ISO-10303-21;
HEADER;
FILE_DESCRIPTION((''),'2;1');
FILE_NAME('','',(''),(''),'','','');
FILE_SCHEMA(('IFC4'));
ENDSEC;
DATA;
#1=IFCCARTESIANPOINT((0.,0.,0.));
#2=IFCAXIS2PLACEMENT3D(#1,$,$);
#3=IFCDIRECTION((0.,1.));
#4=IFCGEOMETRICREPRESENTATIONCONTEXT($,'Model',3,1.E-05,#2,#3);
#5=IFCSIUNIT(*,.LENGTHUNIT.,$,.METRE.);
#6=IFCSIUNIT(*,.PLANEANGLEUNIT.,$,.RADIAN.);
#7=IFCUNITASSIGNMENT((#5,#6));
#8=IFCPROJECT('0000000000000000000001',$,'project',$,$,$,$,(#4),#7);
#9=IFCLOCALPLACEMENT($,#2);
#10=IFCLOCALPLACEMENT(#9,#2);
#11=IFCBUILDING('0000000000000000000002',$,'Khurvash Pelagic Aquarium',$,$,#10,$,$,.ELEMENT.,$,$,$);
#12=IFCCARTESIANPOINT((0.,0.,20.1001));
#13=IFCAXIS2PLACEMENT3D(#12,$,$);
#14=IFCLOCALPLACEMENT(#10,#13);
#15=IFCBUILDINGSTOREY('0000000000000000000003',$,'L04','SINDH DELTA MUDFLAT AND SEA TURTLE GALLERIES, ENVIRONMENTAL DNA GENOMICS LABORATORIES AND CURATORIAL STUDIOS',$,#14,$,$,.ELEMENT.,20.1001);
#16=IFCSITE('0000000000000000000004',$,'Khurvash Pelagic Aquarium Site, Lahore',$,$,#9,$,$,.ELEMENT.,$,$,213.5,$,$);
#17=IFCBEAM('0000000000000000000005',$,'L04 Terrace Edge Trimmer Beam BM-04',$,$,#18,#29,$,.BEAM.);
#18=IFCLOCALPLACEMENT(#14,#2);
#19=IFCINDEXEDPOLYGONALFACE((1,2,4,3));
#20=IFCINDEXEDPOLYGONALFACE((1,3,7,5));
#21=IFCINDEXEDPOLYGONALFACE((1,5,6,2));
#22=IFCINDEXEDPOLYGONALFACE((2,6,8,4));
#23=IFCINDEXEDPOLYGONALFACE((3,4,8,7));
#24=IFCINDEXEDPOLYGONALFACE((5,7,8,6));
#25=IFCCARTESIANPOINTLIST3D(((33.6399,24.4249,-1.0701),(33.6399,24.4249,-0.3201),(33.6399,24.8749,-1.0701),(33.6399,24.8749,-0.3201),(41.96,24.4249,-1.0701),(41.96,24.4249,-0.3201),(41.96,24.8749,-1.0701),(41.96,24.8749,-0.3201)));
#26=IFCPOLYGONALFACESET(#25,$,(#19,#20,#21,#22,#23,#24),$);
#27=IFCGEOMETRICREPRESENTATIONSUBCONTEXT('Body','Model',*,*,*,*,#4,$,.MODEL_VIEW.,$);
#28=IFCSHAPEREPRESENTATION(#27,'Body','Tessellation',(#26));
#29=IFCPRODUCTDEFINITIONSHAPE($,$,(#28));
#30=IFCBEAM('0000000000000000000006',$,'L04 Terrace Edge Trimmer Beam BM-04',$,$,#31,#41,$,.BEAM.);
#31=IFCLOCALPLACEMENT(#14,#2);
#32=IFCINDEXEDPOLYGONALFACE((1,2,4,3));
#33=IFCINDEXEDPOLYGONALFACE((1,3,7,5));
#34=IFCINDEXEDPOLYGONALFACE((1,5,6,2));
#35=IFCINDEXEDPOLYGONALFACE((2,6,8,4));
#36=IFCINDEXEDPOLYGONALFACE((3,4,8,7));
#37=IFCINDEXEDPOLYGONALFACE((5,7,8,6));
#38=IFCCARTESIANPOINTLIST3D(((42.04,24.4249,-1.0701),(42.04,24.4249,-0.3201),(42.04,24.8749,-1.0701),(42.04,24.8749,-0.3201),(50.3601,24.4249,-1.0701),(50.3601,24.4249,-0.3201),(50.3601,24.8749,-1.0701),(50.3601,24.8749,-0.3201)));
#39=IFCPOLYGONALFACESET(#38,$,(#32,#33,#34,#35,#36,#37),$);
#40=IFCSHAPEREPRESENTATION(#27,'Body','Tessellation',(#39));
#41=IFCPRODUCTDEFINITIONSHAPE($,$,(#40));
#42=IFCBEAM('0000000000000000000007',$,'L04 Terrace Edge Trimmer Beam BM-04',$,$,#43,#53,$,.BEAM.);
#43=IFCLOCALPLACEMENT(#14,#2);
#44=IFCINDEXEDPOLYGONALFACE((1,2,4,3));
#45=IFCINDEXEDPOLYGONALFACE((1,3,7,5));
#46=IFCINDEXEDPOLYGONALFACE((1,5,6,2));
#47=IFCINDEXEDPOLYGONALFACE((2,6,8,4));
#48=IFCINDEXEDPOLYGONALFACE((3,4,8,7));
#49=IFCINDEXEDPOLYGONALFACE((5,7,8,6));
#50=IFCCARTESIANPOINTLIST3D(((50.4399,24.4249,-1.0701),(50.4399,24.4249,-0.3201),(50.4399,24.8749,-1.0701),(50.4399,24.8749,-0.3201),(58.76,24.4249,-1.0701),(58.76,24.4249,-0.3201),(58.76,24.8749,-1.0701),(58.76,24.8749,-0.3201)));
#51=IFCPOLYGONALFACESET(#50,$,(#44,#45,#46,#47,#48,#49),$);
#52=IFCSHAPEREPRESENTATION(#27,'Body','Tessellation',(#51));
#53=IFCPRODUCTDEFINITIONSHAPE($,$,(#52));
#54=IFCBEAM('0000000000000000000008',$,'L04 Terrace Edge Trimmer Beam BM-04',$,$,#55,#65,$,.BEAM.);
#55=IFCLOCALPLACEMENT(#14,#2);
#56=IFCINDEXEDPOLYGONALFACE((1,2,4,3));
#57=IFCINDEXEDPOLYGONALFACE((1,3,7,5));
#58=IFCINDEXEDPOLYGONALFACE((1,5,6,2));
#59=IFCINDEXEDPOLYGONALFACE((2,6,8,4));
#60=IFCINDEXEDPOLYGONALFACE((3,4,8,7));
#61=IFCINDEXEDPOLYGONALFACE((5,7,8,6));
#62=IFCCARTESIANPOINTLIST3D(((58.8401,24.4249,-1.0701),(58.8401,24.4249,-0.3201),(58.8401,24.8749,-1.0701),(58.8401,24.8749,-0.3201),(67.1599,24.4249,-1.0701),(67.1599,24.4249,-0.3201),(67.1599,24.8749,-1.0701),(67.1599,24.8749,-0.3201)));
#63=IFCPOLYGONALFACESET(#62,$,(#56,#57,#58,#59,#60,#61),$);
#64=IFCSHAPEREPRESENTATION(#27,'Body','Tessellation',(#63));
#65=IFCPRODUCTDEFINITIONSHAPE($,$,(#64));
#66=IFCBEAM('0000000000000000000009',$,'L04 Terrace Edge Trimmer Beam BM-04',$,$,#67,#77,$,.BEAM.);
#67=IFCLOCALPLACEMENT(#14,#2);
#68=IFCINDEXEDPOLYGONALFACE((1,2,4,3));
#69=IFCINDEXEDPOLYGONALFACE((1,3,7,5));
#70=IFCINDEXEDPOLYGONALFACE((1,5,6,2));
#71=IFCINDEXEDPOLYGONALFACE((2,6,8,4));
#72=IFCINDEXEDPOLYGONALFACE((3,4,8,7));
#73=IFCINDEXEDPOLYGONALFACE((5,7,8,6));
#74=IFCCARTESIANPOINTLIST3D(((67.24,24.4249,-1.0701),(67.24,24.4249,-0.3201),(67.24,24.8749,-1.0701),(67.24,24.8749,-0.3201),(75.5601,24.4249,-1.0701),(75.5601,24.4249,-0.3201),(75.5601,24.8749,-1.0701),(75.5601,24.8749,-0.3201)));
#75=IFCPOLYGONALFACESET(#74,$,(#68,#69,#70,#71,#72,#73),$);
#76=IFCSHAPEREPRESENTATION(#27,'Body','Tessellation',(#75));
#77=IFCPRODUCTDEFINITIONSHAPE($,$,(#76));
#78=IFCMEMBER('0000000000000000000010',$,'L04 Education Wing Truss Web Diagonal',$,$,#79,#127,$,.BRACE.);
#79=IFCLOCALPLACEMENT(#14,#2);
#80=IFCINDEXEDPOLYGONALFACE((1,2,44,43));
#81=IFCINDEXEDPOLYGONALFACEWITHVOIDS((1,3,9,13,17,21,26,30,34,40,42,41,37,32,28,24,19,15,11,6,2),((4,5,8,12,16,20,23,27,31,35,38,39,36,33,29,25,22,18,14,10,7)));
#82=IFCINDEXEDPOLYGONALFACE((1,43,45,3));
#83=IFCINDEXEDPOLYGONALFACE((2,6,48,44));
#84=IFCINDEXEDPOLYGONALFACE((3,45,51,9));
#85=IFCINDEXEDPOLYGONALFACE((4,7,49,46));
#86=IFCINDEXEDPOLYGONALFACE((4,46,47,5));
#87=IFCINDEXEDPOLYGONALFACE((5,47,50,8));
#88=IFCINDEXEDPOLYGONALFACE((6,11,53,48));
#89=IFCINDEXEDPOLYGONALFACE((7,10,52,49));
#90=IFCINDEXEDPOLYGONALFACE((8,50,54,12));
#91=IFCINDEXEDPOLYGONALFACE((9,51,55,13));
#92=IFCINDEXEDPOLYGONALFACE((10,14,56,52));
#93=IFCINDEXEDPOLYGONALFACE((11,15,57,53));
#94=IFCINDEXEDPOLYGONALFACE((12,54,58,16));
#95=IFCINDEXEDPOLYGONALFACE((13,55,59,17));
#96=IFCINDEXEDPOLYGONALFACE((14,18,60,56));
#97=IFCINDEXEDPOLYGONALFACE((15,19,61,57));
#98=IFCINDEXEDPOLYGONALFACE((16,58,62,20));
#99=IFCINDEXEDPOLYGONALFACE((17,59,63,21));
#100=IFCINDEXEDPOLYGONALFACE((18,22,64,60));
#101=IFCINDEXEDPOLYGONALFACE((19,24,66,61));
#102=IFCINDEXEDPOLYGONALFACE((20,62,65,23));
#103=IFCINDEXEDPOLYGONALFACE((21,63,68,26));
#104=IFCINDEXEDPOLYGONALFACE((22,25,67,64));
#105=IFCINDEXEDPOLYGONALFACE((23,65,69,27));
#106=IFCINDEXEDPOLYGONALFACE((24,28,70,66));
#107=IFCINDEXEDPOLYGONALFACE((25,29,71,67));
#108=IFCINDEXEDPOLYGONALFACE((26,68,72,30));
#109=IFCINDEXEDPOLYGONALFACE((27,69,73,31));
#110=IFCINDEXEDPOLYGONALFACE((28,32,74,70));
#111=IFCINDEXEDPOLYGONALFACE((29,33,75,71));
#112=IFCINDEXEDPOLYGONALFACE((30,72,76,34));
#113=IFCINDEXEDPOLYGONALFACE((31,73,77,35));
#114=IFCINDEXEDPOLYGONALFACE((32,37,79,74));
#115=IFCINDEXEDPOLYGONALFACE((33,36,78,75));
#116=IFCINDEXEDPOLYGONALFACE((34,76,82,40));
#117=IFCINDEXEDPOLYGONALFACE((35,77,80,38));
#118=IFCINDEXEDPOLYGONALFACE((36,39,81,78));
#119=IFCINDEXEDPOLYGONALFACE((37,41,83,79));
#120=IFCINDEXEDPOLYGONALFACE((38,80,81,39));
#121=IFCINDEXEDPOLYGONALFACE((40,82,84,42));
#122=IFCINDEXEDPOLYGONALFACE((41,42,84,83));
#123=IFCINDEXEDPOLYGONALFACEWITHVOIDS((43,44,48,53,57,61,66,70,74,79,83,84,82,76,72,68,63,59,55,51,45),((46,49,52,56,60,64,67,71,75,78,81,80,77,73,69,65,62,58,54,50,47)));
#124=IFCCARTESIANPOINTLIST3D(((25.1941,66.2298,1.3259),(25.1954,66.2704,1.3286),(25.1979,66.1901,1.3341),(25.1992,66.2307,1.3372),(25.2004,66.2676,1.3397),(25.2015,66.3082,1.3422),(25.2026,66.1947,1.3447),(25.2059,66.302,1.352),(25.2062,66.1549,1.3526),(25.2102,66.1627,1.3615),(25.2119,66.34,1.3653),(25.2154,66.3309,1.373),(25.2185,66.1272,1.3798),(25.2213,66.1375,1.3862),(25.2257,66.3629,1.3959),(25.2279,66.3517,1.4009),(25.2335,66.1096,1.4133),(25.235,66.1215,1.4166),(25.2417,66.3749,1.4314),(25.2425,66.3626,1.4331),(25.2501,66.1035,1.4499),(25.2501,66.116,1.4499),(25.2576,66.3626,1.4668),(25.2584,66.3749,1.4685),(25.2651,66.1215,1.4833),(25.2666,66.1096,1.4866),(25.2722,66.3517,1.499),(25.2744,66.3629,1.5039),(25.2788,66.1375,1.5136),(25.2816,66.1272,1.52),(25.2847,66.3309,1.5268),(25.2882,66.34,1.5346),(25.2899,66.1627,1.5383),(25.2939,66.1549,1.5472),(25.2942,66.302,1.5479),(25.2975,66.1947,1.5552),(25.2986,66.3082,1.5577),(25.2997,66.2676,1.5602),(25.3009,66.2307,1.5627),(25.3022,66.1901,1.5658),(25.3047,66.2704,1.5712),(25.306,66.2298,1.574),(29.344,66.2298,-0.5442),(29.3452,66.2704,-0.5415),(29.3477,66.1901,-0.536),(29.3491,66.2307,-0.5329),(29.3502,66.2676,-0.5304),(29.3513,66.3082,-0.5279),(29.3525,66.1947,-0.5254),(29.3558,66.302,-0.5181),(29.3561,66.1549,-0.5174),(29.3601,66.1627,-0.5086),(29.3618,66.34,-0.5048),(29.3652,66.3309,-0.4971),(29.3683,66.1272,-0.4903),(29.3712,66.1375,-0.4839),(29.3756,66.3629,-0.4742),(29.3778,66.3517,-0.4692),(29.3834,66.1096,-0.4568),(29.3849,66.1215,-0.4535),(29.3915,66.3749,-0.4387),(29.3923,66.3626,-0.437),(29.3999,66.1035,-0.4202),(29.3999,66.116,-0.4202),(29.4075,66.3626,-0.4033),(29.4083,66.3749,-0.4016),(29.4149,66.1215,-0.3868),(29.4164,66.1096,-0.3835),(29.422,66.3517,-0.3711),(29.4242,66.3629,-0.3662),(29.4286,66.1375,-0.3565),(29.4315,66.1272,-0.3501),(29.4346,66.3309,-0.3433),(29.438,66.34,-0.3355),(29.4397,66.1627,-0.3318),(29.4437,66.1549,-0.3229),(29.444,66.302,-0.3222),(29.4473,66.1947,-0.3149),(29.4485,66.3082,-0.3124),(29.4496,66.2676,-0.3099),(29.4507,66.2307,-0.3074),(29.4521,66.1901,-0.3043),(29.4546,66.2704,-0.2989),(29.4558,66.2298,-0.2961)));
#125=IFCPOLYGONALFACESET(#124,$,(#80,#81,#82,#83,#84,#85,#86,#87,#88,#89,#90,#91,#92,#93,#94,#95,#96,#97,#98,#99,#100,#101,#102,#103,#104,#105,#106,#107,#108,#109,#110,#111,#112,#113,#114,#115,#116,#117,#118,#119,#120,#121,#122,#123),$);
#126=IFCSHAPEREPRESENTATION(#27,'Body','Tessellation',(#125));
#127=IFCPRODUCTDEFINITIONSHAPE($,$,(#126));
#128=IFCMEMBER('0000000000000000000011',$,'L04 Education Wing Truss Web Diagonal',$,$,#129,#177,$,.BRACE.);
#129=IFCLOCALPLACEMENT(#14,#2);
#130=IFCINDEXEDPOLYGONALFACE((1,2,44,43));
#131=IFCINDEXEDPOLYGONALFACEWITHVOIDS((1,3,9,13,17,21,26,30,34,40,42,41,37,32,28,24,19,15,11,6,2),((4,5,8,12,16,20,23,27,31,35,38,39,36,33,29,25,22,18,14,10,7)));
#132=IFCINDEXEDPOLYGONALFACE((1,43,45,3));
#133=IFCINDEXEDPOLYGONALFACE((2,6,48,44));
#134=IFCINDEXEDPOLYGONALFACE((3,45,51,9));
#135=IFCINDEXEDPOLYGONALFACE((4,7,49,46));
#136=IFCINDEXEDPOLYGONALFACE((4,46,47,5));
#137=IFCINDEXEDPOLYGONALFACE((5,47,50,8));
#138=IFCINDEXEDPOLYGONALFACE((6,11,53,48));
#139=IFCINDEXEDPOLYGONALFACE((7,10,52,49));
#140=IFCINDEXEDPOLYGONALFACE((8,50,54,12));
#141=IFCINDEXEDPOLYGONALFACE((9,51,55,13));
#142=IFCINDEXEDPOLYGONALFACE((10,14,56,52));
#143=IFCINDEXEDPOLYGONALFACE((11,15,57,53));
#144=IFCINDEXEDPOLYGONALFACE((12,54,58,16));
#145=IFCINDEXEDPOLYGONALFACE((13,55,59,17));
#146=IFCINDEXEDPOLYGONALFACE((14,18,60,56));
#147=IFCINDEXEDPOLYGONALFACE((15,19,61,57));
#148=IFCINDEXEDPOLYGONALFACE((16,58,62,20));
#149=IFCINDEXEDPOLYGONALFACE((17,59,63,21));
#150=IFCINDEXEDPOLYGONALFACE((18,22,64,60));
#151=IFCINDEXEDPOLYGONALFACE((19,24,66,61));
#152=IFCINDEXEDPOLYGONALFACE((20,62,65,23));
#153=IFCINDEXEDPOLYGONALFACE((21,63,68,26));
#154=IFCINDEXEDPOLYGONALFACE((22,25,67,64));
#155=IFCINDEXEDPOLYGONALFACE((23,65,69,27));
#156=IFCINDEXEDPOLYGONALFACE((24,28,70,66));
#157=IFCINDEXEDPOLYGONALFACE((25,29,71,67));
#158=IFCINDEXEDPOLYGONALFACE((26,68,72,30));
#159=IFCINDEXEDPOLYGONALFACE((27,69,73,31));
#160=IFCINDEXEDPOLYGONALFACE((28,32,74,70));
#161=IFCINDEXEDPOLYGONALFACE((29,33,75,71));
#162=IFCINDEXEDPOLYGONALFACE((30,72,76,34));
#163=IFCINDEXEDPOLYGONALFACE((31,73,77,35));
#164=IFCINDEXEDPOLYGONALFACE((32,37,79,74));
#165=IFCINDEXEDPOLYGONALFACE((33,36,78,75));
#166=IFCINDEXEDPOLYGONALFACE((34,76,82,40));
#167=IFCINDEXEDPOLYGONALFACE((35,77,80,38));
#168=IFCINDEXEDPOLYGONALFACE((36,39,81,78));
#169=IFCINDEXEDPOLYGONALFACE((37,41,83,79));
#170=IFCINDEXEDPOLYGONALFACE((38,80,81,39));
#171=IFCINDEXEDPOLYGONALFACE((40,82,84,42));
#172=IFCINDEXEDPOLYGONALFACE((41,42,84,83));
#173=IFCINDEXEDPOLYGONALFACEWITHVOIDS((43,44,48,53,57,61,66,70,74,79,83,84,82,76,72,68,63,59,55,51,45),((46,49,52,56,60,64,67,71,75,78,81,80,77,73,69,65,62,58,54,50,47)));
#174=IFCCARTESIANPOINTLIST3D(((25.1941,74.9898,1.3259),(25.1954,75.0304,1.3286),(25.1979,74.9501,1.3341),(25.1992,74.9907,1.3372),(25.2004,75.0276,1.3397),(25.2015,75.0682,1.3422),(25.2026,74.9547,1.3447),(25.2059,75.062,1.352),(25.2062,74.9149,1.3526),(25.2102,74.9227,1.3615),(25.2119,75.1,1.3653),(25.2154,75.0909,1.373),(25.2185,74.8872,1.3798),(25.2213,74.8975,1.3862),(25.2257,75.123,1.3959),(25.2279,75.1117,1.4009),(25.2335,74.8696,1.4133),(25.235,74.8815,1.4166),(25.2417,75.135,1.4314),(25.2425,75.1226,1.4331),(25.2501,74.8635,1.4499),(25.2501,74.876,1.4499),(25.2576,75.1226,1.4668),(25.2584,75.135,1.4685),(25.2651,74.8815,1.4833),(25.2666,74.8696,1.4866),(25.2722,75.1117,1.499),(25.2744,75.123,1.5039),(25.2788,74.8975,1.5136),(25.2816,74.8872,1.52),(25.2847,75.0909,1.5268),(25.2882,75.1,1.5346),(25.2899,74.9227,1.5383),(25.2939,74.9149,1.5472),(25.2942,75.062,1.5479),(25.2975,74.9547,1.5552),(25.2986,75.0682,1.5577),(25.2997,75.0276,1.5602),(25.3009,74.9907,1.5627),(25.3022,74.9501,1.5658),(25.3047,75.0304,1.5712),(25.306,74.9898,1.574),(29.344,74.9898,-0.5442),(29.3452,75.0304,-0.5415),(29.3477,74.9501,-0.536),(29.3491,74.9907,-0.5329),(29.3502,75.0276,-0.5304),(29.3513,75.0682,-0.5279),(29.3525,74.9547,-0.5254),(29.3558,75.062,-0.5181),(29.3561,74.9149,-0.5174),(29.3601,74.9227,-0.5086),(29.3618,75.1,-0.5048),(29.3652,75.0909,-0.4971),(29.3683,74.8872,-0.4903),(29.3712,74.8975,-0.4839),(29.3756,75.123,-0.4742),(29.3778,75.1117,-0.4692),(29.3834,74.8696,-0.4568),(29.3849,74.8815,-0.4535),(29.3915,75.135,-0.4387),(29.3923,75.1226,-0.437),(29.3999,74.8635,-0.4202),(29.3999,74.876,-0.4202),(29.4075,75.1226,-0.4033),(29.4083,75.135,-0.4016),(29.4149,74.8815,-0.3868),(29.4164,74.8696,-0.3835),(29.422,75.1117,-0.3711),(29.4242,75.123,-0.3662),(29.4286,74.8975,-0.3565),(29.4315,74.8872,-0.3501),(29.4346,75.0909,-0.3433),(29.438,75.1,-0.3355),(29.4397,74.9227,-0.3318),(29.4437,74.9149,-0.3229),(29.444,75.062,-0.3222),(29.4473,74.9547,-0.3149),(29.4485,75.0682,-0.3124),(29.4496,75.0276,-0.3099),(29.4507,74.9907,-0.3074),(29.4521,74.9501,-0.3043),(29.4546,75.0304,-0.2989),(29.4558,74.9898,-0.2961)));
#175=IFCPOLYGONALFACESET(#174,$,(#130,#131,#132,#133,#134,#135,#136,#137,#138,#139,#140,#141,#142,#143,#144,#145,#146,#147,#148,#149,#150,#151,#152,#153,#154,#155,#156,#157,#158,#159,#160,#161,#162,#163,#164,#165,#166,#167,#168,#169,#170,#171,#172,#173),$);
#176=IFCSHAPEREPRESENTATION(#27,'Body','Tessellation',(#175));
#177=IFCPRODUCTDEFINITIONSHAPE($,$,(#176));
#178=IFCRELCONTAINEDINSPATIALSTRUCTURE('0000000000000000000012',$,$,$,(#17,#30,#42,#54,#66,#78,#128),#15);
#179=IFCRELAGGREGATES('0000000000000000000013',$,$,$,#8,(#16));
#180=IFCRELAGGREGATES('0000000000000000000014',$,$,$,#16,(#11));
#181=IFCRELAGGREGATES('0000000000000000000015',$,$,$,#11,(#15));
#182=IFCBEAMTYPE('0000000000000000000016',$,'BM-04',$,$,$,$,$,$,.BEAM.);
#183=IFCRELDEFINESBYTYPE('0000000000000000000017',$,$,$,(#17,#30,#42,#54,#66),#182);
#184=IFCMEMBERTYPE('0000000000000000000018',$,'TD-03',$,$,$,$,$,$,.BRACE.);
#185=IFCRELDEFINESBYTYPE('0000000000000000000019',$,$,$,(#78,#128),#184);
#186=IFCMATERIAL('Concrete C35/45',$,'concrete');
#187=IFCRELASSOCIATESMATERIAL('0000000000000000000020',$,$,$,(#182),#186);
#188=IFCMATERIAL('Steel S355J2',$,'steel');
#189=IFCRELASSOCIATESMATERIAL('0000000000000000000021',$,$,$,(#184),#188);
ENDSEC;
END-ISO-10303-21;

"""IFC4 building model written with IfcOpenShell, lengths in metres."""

from ifc_helpers import new_model, si_unit, direction, frame, origin, origin_2d, place, context, subcontext, project, spatial, rectangle, hollow_circle, extrude, material, material_profile, profile_set, type_object, element, save


model = new_model("IFC4")

# Units and contexts
model_context = context("Model", 3, precision=1e-05, world=origin(), true_north=direction((0.0, 1.0)))
body_context = subcontext(model_context, "Body", "Model", "MODEL_VIEW")
ifc_project = project(units=[si_unit("LENGTHUNIT", "METRE"), si_unit("PLANEANGLEUNIT", "RADIAN")], contexts=[model_context])

# Site, building, storey
site_placement = place(None, origin())
site = spatial("IfcSite", under=ifc_project, at=site_placement, Name="Khurvash Pelagic Aquarium Site, Lahore", CompositionType="ELEMENT", RefElevation=213.5)
building_placement = place(site_placement, origin())
building = spatial("IfcBuilding", under=site, at=building_placement, Name="Khurvash Pelagic Aquarium", CompositionType="ELEMENT")
storey_placement = place(building_placement, frame((0.0, 0.0, 20.1001)))
storey = spatial("IfcBuildingStorey", under=building, at=storey_placement, Name="L04", Description="SINDH DELTA MUDFLAT AND SEA TURTLE GALLERIES, ENVIRONMENTAL DNA GENOMICS LABORATORIES AND CURATORIAL STUDIOS", CompositionType="ELEMENT", Elevation=20.1001)

# Beams
ifc_material_1 = material(Name="Concrete C35/45", Category="concrete")
ifc_material_profile_1 = material_profile(ifc_material_1, rectangle(XDim=0.45, YDim=0.75, at=origin_2d()), Name="RC450X750")
ifc_profile_set_1 = profile_set([ifc_material_profile_1], Name="Concrete C35/45")
beam_type = type_object("IfcBeamType", Name="BM-04", PredefinedType="BEAM", material=ifc_profile_set_1)
for number, where, z_axis, x_axis, name in (
    (1, (33.6399, 24.6499, -0.6951), (1.0, 0.0, 0.0), (0.0, 1.0, 0.0), "L04 Terrace Edge Trimmer Beam BM-04"),
    (2, (42.04, 24.6499, -0.6951), (1.0, 0.0, 0.0), (0.0, 1.0, 0.0), "L04 Terrace Edge Trimmer Beam BM-04"),
    (3, (50.4399, 24.6499, -0.6951), (1.0, 0.0, 0.0), (0.0, 1.0, 0.0), "L04 Terrace Edge Trimmer Beam BM-04"),
):
    element("IfcBeam", number, at=place(storey_placement, frame(where, z_axis=z_axis, x_axis=x_axis)), inside=storey, type_object=beam_type, Name=name, PredefinedType="BEAM", context=body_context, shape_type="SweptSolid", body=[
        extrude(rectangle(XDim=0.45, YDim=0.75, at=origin_2d()), origin(), (0.0, 0.0, 1.0), 8.3201),
    ])
beam_1_placement = place(storey_placement, frame((58.8401, 24.6499, -0.6951), z_axis=(1.0, 0.0, 0.0), x_axis=(0.0, 1.0, 0.0)))
element("IfcBeam", 4, at=beam_1_placement, inside=storey, type_object=beam_type, Name="L04 Terrace Edge Trimmer Beam BM-04", PredefinedType="BEAM", context=body_context, shape_type="SweptSolid", body=[
    extrude(rectangle(XDim=0.45, YDim=0.75, at=origin_2d()), origin(), (0.0, 0.0, 1.0), 8.3198),
])
beam_2_placement = place(storey_placement, frame((67.24, 24.6499, -0.6951), z_axis=(1.0, 0.0, 0.0), x_axis=(0.0, 1.0, 0.0)))
element("IfcBeam", 5, at=beam_2_placement, inside=storey, type_object=beam_type, Name="L04 Terrace Edge Trimmer Beam BM-04", PredefinedType="BEAM", context=body_context, shape_type="SweptSolid", body=[
    extrude(rectangle(XDim=0.45, YDim=0.75, at=origin_2d()), origin(), (0.0, 0.0, 1.0), 8.3201),
])

# Members
ifc_material_2 = material(Name="Steel S355J2", Category="steel")
ifc_material_profile_2 = material_profile(ifc_material_2, hollow_circle(Radius=0.1365, WallThickness=0.0125, at=origin_2d()), Name="CHS273X12")
ifc_profile_set_2 = profile_set([ifc_material_profile_2], Name="Steel S355J2")
member_type = type_object("IfcMemberType", Name="TD-03", PredefinedType="BRACE", material=ifc_profile_set_2)
for number, where, z_axis, x_axis, name in (
    (6, (29.3999, 66.24, -0.4202), (-0.911703, 0.0, 0.410851), (0.0, -1.0, 0.0), "L04 Education Wing Truss Web Diagonal"),
    (7, (29.3999, 75.0, -0.4202), (-0.911703, 0.0, 0.410851), (0.0, -1.0, 0.0), "L04 Education Wing Truss Web Diagonal"),
):
    element("IfcMember", number, at=place(storey_placement, frame(where, z_axis=z_axis, x_axis=x_axis)), inside=storey, type_object=member_type, Name=name, PredefinedType="BRACE", context=body_context, shape_type="SweptSolid", body=[
        extrude(hollow_circle(Radius=0.1365, WallThickness=0.0125, at=origin_2d()), origin(), (0.0, 0.0, 1.0), 4.5518),
    ])

save(model, "model.ifc")
